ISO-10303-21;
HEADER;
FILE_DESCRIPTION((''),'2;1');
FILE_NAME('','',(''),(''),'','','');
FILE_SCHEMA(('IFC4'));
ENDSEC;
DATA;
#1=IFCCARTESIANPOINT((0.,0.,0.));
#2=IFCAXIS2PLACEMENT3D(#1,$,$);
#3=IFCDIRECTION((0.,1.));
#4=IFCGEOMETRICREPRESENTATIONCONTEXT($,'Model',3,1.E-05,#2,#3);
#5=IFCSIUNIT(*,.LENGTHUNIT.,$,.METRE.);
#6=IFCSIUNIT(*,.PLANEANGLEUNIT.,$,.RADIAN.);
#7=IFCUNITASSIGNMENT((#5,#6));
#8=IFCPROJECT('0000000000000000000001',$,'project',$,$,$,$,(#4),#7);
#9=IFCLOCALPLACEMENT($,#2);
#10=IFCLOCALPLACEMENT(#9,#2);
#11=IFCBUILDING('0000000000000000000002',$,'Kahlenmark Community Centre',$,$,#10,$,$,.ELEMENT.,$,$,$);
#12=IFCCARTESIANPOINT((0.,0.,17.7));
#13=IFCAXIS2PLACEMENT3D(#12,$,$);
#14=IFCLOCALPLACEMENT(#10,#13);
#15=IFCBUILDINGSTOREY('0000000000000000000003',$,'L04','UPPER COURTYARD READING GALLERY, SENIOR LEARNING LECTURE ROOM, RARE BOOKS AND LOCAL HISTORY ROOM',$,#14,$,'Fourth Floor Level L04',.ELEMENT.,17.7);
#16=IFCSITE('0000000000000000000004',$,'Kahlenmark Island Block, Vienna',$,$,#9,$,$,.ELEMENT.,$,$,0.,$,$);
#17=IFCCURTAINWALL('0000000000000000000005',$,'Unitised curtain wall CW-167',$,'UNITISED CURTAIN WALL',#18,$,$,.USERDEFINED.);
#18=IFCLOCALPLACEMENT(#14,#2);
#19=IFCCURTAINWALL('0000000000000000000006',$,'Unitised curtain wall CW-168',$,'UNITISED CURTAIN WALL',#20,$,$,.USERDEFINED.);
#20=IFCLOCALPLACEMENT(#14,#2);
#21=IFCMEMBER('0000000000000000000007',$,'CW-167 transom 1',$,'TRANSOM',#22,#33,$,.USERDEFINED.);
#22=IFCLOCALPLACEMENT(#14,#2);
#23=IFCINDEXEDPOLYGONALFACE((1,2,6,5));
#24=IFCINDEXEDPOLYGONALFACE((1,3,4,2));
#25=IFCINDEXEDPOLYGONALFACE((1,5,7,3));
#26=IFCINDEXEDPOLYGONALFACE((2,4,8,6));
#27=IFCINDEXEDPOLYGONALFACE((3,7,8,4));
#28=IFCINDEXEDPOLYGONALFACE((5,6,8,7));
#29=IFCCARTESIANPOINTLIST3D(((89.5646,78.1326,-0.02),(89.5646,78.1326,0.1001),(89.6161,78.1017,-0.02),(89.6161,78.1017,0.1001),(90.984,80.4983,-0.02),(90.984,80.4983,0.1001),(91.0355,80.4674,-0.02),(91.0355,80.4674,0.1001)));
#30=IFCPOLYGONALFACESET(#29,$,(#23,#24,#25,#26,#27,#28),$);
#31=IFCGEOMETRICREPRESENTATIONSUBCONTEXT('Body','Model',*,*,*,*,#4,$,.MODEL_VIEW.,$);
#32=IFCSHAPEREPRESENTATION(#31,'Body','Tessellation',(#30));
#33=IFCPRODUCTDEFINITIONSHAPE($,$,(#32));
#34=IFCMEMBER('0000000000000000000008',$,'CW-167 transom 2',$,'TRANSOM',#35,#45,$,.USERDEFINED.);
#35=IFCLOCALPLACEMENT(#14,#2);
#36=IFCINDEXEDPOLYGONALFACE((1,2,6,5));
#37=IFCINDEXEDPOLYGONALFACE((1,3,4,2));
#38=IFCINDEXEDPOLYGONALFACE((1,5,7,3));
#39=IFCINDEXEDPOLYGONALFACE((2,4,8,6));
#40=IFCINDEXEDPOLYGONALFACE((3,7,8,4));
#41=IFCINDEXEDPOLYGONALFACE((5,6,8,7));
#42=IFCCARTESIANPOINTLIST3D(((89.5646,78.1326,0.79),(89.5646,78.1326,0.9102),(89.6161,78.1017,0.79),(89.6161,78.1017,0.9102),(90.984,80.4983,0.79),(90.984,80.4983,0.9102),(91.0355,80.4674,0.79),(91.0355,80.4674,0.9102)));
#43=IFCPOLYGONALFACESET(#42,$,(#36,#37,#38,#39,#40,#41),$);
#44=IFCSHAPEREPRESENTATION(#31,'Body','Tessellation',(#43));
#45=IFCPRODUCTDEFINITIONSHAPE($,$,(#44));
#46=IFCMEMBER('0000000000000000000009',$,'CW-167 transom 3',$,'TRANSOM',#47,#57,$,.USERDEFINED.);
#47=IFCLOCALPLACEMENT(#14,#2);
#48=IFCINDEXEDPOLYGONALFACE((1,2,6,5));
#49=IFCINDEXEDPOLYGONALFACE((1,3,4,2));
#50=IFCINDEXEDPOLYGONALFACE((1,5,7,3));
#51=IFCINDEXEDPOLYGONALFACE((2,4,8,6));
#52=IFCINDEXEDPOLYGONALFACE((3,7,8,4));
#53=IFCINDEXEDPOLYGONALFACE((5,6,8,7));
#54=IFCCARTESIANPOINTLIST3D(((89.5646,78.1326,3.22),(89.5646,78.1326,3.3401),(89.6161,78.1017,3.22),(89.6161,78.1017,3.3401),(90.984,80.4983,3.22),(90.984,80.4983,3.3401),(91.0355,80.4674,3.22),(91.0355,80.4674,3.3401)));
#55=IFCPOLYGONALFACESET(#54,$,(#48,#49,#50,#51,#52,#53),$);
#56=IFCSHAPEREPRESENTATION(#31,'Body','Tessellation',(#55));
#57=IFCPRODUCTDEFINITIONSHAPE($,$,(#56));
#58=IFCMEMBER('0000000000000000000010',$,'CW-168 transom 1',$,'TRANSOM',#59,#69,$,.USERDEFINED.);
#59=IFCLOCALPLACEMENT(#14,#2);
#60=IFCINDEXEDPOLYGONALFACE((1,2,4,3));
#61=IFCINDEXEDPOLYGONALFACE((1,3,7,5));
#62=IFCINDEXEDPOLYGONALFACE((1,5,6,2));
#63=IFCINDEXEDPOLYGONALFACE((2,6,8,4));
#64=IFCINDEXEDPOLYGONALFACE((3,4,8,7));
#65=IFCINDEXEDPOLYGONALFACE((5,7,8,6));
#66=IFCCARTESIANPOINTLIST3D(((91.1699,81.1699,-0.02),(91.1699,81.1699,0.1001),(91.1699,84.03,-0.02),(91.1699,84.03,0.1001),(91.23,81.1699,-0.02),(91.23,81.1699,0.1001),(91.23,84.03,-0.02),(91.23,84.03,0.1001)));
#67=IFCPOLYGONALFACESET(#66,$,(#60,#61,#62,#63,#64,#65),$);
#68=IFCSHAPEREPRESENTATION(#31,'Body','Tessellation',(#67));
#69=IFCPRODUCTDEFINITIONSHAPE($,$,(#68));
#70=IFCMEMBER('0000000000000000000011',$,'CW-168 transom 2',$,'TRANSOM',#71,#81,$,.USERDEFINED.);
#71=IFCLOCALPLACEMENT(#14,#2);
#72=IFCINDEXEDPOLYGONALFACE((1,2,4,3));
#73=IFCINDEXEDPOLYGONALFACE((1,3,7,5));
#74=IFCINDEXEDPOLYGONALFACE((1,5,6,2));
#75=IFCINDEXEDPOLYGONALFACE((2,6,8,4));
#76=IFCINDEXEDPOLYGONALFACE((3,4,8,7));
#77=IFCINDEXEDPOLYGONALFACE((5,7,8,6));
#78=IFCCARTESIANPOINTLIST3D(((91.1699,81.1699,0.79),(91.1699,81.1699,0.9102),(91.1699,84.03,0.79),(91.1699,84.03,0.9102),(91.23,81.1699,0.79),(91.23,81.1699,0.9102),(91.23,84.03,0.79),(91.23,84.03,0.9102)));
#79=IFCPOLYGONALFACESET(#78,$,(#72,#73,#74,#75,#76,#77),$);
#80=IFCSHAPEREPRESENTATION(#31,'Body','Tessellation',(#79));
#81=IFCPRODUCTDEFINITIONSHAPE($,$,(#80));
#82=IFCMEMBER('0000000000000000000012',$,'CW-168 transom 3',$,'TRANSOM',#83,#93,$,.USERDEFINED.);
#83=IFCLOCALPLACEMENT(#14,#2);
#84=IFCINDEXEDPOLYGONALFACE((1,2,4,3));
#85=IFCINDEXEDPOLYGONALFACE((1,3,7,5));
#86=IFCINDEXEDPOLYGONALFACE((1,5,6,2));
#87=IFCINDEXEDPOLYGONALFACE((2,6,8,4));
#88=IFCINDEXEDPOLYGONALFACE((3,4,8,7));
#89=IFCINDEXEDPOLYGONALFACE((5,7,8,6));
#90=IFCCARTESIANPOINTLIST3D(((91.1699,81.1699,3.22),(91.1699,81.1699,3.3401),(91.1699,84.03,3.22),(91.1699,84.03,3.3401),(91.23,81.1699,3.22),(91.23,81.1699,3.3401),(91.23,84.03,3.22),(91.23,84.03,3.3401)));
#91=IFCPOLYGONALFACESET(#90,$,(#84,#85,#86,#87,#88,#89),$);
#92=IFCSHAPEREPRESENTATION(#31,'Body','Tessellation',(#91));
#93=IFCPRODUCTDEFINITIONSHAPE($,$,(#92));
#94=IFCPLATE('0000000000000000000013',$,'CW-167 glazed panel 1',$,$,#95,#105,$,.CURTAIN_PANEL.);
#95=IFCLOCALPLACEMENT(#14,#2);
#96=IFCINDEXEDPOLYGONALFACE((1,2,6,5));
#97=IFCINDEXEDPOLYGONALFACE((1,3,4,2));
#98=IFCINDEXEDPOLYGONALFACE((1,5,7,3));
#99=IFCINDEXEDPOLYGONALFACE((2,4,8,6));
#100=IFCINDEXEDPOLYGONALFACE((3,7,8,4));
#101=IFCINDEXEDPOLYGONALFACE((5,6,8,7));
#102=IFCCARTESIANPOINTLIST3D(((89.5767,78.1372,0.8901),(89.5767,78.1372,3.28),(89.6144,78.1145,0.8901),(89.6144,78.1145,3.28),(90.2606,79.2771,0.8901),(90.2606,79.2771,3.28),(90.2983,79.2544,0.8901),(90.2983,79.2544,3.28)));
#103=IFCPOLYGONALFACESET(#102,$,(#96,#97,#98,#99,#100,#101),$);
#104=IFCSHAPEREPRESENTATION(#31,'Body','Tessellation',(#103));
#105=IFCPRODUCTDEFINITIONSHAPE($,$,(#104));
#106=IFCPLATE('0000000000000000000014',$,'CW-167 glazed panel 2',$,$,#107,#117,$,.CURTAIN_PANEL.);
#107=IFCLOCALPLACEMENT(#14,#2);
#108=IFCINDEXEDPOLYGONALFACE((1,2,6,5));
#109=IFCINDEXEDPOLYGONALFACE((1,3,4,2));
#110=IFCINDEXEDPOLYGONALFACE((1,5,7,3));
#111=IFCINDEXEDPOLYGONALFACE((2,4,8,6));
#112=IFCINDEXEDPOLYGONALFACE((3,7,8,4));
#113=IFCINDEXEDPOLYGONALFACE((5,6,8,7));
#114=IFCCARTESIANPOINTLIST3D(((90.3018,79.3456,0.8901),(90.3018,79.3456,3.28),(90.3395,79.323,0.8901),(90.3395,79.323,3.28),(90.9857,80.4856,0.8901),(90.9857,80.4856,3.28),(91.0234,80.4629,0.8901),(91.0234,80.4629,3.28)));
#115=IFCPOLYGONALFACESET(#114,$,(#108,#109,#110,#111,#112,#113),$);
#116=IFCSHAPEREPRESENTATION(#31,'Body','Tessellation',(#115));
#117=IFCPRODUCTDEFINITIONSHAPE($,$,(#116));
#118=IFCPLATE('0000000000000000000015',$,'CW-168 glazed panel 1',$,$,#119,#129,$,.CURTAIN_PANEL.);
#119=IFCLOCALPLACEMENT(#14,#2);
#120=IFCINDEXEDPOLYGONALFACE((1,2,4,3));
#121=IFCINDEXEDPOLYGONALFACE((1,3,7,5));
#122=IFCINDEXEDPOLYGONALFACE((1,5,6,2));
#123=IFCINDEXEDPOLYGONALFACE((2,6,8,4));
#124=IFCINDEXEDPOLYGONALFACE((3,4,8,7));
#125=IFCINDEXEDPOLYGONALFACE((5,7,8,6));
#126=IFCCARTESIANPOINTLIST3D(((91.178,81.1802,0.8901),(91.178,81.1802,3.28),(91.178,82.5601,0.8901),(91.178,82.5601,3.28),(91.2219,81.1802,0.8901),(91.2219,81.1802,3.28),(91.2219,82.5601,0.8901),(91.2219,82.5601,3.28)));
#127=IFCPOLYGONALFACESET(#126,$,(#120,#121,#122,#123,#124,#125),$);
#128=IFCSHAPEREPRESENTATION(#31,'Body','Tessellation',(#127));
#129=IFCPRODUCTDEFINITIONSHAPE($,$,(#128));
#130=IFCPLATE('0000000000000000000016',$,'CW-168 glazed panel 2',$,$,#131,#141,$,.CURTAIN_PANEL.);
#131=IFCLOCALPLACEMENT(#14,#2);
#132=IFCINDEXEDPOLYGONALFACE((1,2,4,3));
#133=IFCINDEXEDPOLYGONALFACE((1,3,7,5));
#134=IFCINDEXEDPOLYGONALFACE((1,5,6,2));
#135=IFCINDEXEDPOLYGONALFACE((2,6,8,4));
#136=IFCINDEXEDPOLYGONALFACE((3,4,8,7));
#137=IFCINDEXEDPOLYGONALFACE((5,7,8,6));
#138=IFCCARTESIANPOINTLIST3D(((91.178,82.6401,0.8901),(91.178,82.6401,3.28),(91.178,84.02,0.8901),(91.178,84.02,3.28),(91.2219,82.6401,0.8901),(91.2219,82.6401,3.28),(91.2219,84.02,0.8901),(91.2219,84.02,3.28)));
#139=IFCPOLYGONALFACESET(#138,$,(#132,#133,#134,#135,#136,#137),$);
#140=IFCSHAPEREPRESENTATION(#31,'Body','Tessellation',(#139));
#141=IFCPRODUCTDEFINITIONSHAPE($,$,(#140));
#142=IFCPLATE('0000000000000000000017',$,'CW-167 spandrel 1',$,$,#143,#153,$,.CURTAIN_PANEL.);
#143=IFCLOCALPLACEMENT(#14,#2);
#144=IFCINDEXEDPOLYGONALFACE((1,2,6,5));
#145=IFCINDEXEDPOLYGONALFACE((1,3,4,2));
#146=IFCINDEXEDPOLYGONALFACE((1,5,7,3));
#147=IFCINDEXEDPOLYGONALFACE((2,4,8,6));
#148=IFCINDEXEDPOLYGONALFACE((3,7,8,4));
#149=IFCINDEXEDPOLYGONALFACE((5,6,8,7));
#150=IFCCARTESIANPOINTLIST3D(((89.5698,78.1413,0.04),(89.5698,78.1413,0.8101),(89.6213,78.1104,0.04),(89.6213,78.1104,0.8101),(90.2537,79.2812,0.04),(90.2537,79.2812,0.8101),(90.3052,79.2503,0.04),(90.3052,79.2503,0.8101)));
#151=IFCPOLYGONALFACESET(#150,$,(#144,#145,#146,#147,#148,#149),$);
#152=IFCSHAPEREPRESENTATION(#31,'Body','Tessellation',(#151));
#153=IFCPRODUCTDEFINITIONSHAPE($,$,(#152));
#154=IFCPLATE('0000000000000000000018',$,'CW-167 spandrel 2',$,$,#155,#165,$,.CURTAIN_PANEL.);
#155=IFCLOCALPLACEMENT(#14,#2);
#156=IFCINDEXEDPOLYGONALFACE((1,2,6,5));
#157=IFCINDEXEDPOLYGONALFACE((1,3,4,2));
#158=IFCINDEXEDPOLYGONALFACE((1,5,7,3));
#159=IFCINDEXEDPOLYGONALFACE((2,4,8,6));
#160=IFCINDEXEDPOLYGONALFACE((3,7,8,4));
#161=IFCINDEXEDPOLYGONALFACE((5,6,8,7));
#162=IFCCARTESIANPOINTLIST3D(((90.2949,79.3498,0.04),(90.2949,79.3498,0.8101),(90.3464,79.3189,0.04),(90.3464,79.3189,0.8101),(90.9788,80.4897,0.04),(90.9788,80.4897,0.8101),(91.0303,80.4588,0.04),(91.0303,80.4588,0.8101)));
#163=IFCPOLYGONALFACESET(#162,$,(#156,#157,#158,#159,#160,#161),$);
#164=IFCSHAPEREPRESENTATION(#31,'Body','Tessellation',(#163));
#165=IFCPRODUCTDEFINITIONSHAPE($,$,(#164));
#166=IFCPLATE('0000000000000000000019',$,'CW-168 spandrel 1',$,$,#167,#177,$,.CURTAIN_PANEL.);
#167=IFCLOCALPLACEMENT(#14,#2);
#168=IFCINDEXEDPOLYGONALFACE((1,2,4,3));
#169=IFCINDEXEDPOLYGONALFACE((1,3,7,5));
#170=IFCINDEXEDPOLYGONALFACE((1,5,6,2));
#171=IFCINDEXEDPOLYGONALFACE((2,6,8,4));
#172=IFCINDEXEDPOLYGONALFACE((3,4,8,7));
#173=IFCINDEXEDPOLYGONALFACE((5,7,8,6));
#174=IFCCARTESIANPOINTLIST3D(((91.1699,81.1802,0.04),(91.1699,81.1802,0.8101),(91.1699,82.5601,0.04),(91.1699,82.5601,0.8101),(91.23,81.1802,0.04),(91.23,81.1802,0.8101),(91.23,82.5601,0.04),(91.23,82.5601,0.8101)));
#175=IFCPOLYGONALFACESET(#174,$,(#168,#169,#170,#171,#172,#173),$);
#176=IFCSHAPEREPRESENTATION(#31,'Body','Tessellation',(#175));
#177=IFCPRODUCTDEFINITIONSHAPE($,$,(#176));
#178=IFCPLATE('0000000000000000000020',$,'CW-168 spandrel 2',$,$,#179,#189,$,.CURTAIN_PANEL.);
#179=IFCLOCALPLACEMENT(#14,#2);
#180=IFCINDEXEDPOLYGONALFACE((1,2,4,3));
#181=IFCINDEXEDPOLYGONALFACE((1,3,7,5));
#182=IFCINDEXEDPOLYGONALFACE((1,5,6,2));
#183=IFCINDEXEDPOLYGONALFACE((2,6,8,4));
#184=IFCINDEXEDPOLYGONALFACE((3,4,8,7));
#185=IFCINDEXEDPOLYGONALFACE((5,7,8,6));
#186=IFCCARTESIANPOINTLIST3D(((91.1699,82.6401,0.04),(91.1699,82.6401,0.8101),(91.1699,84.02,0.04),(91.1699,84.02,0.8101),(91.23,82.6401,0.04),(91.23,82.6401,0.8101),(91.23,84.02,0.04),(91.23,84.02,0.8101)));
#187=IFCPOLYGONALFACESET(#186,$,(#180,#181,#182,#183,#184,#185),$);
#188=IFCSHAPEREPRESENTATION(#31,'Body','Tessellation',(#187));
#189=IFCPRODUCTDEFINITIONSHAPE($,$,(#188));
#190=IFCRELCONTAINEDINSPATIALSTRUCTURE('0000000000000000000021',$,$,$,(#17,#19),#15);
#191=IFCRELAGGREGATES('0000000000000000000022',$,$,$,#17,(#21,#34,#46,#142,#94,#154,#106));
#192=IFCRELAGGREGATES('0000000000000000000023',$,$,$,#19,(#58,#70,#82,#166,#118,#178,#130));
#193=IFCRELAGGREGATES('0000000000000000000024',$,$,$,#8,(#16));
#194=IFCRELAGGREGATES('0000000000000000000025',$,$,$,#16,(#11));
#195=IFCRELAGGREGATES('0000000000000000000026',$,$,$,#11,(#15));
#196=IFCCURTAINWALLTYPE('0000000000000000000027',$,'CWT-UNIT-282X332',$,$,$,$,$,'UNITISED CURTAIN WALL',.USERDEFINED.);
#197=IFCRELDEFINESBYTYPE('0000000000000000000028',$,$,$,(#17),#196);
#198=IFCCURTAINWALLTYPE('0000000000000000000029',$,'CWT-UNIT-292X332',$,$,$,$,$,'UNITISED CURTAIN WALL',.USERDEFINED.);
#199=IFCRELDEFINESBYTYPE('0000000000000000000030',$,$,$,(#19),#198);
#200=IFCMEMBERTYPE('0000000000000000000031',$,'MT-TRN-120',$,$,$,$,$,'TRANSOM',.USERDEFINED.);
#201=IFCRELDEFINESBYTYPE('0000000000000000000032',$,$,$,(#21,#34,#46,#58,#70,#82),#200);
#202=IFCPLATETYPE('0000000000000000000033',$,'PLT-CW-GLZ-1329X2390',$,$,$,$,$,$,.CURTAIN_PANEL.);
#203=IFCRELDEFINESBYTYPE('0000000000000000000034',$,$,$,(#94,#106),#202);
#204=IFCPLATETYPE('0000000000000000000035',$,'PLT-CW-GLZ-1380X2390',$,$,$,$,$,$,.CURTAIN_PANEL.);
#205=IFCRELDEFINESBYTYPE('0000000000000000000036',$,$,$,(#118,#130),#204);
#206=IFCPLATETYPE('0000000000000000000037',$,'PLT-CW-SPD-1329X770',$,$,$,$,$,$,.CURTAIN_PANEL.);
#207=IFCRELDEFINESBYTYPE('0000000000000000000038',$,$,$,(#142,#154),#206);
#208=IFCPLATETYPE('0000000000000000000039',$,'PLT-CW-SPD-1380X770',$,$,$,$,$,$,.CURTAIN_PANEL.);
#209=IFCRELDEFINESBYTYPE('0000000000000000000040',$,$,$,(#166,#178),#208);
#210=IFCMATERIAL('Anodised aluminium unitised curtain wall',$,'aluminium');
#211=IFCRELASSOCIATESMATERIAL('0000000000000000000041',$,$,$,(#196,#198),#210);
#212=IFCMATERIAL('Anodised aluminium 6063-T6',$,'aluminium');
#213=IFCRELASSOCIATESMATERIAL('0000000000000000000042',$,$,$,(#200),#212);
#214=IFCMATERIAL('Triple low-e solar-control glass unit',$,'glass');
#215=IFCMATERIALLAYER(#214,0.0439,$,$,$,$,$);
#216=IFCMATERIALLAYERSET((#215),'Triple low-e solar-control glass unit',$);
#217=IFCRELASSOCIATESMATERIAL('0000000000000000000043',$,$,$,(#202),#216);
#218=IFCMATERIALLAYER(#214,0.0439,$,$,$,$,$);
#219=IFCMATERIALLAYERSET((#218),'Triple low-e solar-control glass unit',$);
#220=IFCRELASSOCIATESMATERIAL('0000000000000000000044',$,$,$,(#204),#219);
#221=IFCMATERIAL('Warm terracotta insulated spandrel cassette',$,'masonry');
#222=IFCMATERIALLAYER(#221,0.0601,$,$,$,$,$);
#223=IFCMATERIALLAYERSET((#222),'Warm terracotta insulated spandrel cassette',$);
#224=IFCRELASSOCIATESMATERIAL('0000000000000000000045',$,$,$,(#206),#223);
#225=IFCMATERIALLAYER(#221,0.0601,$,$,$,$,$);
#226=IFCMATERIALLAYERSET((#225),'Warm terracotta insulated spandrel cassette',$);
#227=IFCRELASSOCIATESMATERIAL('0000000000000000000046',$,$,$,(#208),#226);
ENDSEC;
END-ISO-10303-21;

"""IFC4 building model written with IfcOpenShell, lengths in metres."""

from ifc_helpers import new_model, si_unit, direction, frame, origin, origin_2d, place, context, subcontext, project, spatial, rectangle, extrude, material, layer, layer_set, material_profile, profile_set, type_object, element, aggregate, save


model = new_model("IFC4")

# Units and contexts
model_context = context("Model", 3, precision=1e-05, world=origin(), true_north=direction((0.0, 1.0)))
body_context = subcontext(model_context, "Body", "Model", "MODEL_VIEW")
ifc_project = project(units=[si_unit("LENGTHUNIT", "METRE"), si_unit("PLANEANGLEUNIT", "RADIAN")], contexts=[model_context])

# Site, building, storey
site_placement = place(None, origin())
site = spatial("IfcSite", under=ifc_project, at=site_placement, Name="Kahlenmark Island Block, Vienna", CompositionType="ELEMENT", RefElevation=0.0)
building_placement = place(site_placement, origin())
building = spatial("IfcBuilding", under=site, at=building_placement, Name="Kahlenmark Community Centre", CompositionType="ELEMENT")
storey_placement = place(building_placement, frame((0.0, 0.0, 17.7)))
storey = spatial("IfcBuildingStorey", under=building, at=storey_placement, Name="L04", Description="UPPER COURTYARD READING GALLERY, SENIOR LEARNING LECTURE ROOM, RARE BOOKS AND LOCAL HISTORY ROOM", LongName="Fourth Floor Level L04", CompositionType="ELEMENT", Elevation=17.7)

# Curtain walls
ifc_material_1 = material(Name="Anodised aluminium unitised curtain wall", Category="aluminium")
curtain_wall_type_1 = type_object("IfcCurtainWallType", Name="CWT-UNIT-282X332", ElementType="UNITISED CURTAIN WALL", PredefinedType="USERDEFINED", material=ifc_material_1)
curtain_wall_1_placement = place(storey_placement, origin())
curtain_wall_1 = element("IfcCurtainWall", 1, at=curtain_wall_1_placement, inside=storey, type_object=curtain_wall_type_1, Name="Unitised curtain wall CW-167", ObjectType="UNITISED CURTAIN WALL", PredefinedType="USERDEFINED")
ifc_material_2 = material(Name="Anodised aluminium 6063-T6", Category="aluminium")
curtain_wall_type_2 = type_object("IfcCurtainWallType", Name="CWT-UNIT-292X332", ElementType="UNITISED CURTAIN WALL", PredefinedType="USERDEFINED", material=ifc_material_1)
curtain_wall_2_placement = place(storey_placement, origin())
curtain_wall_2 = element("IfcCurtainWall", 2, at=curtain_wall_2_placement, inside=storey, type_object=curtain_wall_type_2, Name="Unitised curtain wall CW-168", ObjectType="UNITISED CURTAIN WALL", PredefinedType="USERDEFINED")

# Members
ifc_material_profile_1 = material_profile(ifc_material_2, rectangle(XDim=0.0601, YDim=0.1201, at=origin_2d()), Name="ALU TRANSOM 60x120")
ifc_profile_set_1 = profile_set([ifc_material_profile_1], Name="Anodised aluminium 6063-T6")
member_type_1 = type_object("IfcMemberType", Name="MT-TRN-120", ElementType="TRANSOM", PredefinedType="USERDEFINED", material=ifc_profile_set_1)
member_1_placement = place(storey_placement, frame((89.5903, 78.1172, 0.04), z_axis=(0.514496, 0.857493, 0.0), x_axis=(-0.857493, 0.514496, 0.0)))
member_1 = element("IfcMember", 3, at=member_1_placement, type_object=member_type_1, Name="CW-167 transom 1", ObjectType="TRANSOM", PredefinedType="USERDEFINED", context=body_context, shape_type="SweptSolid", body=[
    extrude(rectangle(XDim=0.0601, YDim=0.1201, at=origin_2d()), origin(), (0.0, 0.0, 1.0), 2.7588),
])
member_2_placement = place(storey_placement, frame((89.5903, 78.1172, 0.8501), z_axis=(0.514496, 0.857493, 0.0), x_axis=(-0.857493, 0.514496, 0.0)))
member_2 = element("IfcMember", 4, at=member_2_placement, type_object=member_type_1, Name="CW-167 transom 2", ObjectType="TRANSOM", PredefinedType="USERDEFINED", context=body_context, shape_type="SweptSolid", body=[
    extrude(rectangle(XDim=0.0601, YDim=0.1201, at=origin_2d()), origin(), (0.0, 0.0, 1.0), 2.7588),
])
member_3_placement = place(storey_placement, frame((89.5903, 78.1172, 3.28), z_axis=(0.514496, 0.857493, 0.0), x_axis=(-0.857493, 0.514496, 0.0)))
member_3 = element("IfcMember", 5, at=member_3_placement, type_object=member_type_1, Name="CW-167 transom 3", ObjectType="TRANSOM", PredefinedType="USERDEFINED", context=body_context, shape_type="SweptSolid", body=[
    extrude(rectangle(XDim=0.0601, YDim=0.1201, at=origin_2d()), origin(), (0.0, 0.0, 1.0), 2.7588),
])
member_4_placement = place(storey_placement, frame((91.2, 81.1699, 0.04), z_axis=(0.0, 1.0, 0.0), x_axis=(-1.0, 0.0, 0.0)))
member_4 = element("IfcMember", 6, at=member_4_placement, type_object=member_type_1, Name="CW-168 transom 1", ObjectType="TRANSOM", PredefinedType="USERDEFINED", context=body_context, shape_type="SweptSolid", body=[
    extrude(rectangle(XDim=0.0601, YDim=0.1201, at=origin_2d()), origin(), (0.0, 0.0, 1.0), 2.8601),
])
member_5_placement = place(storey_placement, frame((91.2, 81.1699, 0.8501), z_axis=(0.0, 1.0, 0.0), x_axis=(-1.0, 0.0, 0.0)))
member_5 = element("IfcMember", 7, at=member_5_placement, type_object=member_type_1, Name="CW-168 transom 2", ObjectType="TRANSOM", PredefinedType="USERDEFINED", context=body_context, shape_type="SweptSolid", body=[
    extrude(rectangle(XDim=0.0601, YDim=0.1201, at=origin_2d()), origin(), (0.0, 0.0, 1.0), 2.8601),
])
member_6_placement = place(storey_placement, frame((91.2, 81.1699, 3.28), z_axis=(0.0, 1.0, 0.0), x_axis=(-1.0, 0.0, 0.0)))
member_6 = element("IfcMember", 8, at=member_6_placement, type_object=member_type_1, Name="CW-168 transom 3", ObjectType="TRANSOM", PredefinedType="USERDEFINED", context=body_context, shape_type="SweptSolid", body=[
    extrude(rectangle(XDim=0.0601, YDim=0.1201, at=origin_2d()), origin(), (0.0, 0.0, 1.0), 2.8601),
])

# Plates
ifc_material_3 = material(Name="Triple low-e solar-control glass unit", Category="glass")
ifc_layer_1 = layer(ifc_material_3, 0.0439)
ifc_layer_set_1 = layer_set([ifc_layer_1], Name="Triple low-e solar-control glass unit")
plate_type_1 = type_object("IfcPlateType", Name="PLT-CW-GLZ-1329X2390", PredefinedType="CURTAIN_PANEL", material=ifc_layer_set_1)
plate_1_placement = place(storey_placement, frame((89.9375, 78.6958, 0.8901), z_axis=(0.0, 0.0, 1.0), x_axis=(0.514496, 0.857493, 0.0)))
plate_1 = element("IfcPlate", 9, at=plate_1_placement, type_object=plate_type_1, Name="CW-167 glazed panel 1", PredefinedType="CURTAIN_PANEL", context=body_context, shape_type="SweptSolid", body=[
    extrude(rectangle(XDim=1.3293, YDim=0.0439, at=origin_2d()), origin(), (0.0, 0.0, 1.0), 2.3899),
])
plate_2_placement = place(storey_placement, frame((90.6626, 79.9043, 0.8901), z_axis=(0.0, 0.0, 1.0), x_axis=(0.514496, 0.857493, 0.0)))
plate_2 = element("IfcPlate", 10, at=plate_2_placement, type_object=plate_type_1, Name="CW-167 glazed panel 2", PredefinedType="CURTAIN_PANEL", context=body_context, shape_type="SweptSolid", body=[
    extrude(rectangle(XDim=1.3293, YDim=0.0439, at=origin_2d()), origin(), (0.0, 0.0, 1.0), 2.3899),
])
ifc_layer_2 = layer(ifc_material_3, 0.0439)
ifc_layer_set_2 = layer_set([ifc_layer_2], Name="Triple low-e solar-control glass unit")
plate_type_2 = type_object("IfcPlateType", Name="PLT-CW-GLZ-1380X2390", PredefinedType="CURTAIN_PANEL", material=ifc_layer_set_2)
plate_3_placement = place(storey_placement, frame((91.2, 81.8701, 0.8901), z_axis=(0.0, 0.0, 1.0), x_axis=(0.0, 1.0, 0.0)))
plate_3 = element("IfcPlate", 11, at=plate_3_placement, type_object=plate_type_2, Name="CW-168 glazed panel 1", PredefinedType="CURTAIN_PANEL", context=body_context, shape_type="SweptSolid", body=[
    extrude(rectangle(XDim=1.3799, YDim=0.0439, at=origin_2d()), origin(), (0.0, 0.0, 1.0), 2.3899),
])
plate_4_placement = place(storey_placement, frame((91.2, 83.3301, 0.8901), z_axis=(0.0, 0.0, 1.0), x_axis=(0.0, 1.0, 0.0)))
plate_4 = element("IfcPlate", 12, at=plate_4_placement, type_object=plate_type_2, Name="CW-168 glazed panel 2", PredefinedType="CURTAIN_PANEL", context=body_context, shape_type="SweptSolid", body=[
    extrude(rectangle(XDim=1.3799, YDim=0.0439, at=origin_2d()), origin(), (0.0, 0.0, 1.0), 2.3899),
])
ifc_material_4 = material(Name="Warm terracotta insulated spandrel cassette", Category="masonry")
ifc_layer_3 = layer(ifc_material_4, 0.0601)
ifc_layer_set_3 = layer_set([ifc_layer_3], Name="Warm terracotta insulated spandrel cassette")
plate_type_3 = type_object("IfcPlateType", Name="PLT-CW-SPD-1329X770", PredefinedType="CURTAIN_PANEL", material=ifc_layer_set_3)
plate_5_placement = place(storey_placement, frame((89.9375, 78.6958, 0.04), z_axis=(0.0, 0.0, 1.0), x_axis=(0.514496, 0.857493, 0.0)))
plate_5 = element("IfcPlate", 13, at=plate_5_placement, type_object=plate_type_3, Name="CW-167 spandrel 1", PredefinedType="CURTAIN_PANEL", context=body_context, shape_type="SweptSolid", body=[
    extrude(rectangle(XDim=1.3293, YDim=0.0601, at=origin_2d()), origin(), (0.0, 0.0, 1.0), 0.77),
])
plate_6_placement = place(storey_placement, frame((90.6626, 79.9043, 0.04), z_axis=(0.0, 0.0, 1.0), x_axis=(0.514496, 0.857493, 0.0)))
plate_6 = element("IfcPlate", 14, at=plate_6_placement, type_object=plate_type_3, Name="CW-167 spandrel 2", PredefinedType="CURTAIN_PANEL", context=body_context, shape_type="SweptSolid", body=[
    extrude(rectangle(XDim=1.3293, YDim=0.0601, at=origin_2d()), origin(), (0.0, 0.0, 1.0), 0.77),
])
aggregate(curtain_wall_1, [member_1, member_2, member_3, plate_5, plate_1, plate_6, plate_2])
ifc_layer_4 = layer(ifc_material_4, 0.0601)
ifc_layer_set_4 = layer_set([ifc_layer_4], Name="Warm terracotta insulated spandrel cassette")
plate_type_4 = type_object("IfcPlateType", Name="PLT-CW-SPD-1380X770", PredefinedType="CURTAIN_PANEL", material=ifc_layer_set_4)
plate_7_placement = place(storey_placement, frame((91.2, 81.8701, 0.04), z_axis=(0.0, 0.0, 1.0), x_axis=(0.0, 1.0, 0.0)))
plate_7 = element("IfcPlate", 15, at=plate_7_placement, type_object=plate_type_4, Name="CW-168 spandrel 1", PredefinedType="CURTAIN_PANEL", context=body_context, shape_type="SweptSolid", body=[
    extrude(rectangle(XDim=1.3799, YDim=0.0601, at=origin_2d()), origin(), (0.0, 0.0, 1.0), 0.77),
])
plate_8_placement = place(storey_placement, frame((91.2, 83.3301, 0.04), z_axis=(0.0, 0.0, 1.0), x_axis=(0.0, 1.0, 0.0)))
plate_8 = element("IfcPlate", 16, at=plate_8_placement, type_object=plate_type_4, Name="CW-168 spandrel 2", PredefinedType="CURTAIN_PANEL", context=body_context, shape_type="SweptSolid", body=[
    extrude(rectangle(XDim=1.3799, YDim=0.0601, at=origin_2d()), origin(), (0.0, 0.0, 1.0), 0.77),
])
aggregate(curtain_wall_2, [member_4, member_5, member_6, plate_7, plate_3, plate_8, plate_4])

save(model, "model.ifc")
